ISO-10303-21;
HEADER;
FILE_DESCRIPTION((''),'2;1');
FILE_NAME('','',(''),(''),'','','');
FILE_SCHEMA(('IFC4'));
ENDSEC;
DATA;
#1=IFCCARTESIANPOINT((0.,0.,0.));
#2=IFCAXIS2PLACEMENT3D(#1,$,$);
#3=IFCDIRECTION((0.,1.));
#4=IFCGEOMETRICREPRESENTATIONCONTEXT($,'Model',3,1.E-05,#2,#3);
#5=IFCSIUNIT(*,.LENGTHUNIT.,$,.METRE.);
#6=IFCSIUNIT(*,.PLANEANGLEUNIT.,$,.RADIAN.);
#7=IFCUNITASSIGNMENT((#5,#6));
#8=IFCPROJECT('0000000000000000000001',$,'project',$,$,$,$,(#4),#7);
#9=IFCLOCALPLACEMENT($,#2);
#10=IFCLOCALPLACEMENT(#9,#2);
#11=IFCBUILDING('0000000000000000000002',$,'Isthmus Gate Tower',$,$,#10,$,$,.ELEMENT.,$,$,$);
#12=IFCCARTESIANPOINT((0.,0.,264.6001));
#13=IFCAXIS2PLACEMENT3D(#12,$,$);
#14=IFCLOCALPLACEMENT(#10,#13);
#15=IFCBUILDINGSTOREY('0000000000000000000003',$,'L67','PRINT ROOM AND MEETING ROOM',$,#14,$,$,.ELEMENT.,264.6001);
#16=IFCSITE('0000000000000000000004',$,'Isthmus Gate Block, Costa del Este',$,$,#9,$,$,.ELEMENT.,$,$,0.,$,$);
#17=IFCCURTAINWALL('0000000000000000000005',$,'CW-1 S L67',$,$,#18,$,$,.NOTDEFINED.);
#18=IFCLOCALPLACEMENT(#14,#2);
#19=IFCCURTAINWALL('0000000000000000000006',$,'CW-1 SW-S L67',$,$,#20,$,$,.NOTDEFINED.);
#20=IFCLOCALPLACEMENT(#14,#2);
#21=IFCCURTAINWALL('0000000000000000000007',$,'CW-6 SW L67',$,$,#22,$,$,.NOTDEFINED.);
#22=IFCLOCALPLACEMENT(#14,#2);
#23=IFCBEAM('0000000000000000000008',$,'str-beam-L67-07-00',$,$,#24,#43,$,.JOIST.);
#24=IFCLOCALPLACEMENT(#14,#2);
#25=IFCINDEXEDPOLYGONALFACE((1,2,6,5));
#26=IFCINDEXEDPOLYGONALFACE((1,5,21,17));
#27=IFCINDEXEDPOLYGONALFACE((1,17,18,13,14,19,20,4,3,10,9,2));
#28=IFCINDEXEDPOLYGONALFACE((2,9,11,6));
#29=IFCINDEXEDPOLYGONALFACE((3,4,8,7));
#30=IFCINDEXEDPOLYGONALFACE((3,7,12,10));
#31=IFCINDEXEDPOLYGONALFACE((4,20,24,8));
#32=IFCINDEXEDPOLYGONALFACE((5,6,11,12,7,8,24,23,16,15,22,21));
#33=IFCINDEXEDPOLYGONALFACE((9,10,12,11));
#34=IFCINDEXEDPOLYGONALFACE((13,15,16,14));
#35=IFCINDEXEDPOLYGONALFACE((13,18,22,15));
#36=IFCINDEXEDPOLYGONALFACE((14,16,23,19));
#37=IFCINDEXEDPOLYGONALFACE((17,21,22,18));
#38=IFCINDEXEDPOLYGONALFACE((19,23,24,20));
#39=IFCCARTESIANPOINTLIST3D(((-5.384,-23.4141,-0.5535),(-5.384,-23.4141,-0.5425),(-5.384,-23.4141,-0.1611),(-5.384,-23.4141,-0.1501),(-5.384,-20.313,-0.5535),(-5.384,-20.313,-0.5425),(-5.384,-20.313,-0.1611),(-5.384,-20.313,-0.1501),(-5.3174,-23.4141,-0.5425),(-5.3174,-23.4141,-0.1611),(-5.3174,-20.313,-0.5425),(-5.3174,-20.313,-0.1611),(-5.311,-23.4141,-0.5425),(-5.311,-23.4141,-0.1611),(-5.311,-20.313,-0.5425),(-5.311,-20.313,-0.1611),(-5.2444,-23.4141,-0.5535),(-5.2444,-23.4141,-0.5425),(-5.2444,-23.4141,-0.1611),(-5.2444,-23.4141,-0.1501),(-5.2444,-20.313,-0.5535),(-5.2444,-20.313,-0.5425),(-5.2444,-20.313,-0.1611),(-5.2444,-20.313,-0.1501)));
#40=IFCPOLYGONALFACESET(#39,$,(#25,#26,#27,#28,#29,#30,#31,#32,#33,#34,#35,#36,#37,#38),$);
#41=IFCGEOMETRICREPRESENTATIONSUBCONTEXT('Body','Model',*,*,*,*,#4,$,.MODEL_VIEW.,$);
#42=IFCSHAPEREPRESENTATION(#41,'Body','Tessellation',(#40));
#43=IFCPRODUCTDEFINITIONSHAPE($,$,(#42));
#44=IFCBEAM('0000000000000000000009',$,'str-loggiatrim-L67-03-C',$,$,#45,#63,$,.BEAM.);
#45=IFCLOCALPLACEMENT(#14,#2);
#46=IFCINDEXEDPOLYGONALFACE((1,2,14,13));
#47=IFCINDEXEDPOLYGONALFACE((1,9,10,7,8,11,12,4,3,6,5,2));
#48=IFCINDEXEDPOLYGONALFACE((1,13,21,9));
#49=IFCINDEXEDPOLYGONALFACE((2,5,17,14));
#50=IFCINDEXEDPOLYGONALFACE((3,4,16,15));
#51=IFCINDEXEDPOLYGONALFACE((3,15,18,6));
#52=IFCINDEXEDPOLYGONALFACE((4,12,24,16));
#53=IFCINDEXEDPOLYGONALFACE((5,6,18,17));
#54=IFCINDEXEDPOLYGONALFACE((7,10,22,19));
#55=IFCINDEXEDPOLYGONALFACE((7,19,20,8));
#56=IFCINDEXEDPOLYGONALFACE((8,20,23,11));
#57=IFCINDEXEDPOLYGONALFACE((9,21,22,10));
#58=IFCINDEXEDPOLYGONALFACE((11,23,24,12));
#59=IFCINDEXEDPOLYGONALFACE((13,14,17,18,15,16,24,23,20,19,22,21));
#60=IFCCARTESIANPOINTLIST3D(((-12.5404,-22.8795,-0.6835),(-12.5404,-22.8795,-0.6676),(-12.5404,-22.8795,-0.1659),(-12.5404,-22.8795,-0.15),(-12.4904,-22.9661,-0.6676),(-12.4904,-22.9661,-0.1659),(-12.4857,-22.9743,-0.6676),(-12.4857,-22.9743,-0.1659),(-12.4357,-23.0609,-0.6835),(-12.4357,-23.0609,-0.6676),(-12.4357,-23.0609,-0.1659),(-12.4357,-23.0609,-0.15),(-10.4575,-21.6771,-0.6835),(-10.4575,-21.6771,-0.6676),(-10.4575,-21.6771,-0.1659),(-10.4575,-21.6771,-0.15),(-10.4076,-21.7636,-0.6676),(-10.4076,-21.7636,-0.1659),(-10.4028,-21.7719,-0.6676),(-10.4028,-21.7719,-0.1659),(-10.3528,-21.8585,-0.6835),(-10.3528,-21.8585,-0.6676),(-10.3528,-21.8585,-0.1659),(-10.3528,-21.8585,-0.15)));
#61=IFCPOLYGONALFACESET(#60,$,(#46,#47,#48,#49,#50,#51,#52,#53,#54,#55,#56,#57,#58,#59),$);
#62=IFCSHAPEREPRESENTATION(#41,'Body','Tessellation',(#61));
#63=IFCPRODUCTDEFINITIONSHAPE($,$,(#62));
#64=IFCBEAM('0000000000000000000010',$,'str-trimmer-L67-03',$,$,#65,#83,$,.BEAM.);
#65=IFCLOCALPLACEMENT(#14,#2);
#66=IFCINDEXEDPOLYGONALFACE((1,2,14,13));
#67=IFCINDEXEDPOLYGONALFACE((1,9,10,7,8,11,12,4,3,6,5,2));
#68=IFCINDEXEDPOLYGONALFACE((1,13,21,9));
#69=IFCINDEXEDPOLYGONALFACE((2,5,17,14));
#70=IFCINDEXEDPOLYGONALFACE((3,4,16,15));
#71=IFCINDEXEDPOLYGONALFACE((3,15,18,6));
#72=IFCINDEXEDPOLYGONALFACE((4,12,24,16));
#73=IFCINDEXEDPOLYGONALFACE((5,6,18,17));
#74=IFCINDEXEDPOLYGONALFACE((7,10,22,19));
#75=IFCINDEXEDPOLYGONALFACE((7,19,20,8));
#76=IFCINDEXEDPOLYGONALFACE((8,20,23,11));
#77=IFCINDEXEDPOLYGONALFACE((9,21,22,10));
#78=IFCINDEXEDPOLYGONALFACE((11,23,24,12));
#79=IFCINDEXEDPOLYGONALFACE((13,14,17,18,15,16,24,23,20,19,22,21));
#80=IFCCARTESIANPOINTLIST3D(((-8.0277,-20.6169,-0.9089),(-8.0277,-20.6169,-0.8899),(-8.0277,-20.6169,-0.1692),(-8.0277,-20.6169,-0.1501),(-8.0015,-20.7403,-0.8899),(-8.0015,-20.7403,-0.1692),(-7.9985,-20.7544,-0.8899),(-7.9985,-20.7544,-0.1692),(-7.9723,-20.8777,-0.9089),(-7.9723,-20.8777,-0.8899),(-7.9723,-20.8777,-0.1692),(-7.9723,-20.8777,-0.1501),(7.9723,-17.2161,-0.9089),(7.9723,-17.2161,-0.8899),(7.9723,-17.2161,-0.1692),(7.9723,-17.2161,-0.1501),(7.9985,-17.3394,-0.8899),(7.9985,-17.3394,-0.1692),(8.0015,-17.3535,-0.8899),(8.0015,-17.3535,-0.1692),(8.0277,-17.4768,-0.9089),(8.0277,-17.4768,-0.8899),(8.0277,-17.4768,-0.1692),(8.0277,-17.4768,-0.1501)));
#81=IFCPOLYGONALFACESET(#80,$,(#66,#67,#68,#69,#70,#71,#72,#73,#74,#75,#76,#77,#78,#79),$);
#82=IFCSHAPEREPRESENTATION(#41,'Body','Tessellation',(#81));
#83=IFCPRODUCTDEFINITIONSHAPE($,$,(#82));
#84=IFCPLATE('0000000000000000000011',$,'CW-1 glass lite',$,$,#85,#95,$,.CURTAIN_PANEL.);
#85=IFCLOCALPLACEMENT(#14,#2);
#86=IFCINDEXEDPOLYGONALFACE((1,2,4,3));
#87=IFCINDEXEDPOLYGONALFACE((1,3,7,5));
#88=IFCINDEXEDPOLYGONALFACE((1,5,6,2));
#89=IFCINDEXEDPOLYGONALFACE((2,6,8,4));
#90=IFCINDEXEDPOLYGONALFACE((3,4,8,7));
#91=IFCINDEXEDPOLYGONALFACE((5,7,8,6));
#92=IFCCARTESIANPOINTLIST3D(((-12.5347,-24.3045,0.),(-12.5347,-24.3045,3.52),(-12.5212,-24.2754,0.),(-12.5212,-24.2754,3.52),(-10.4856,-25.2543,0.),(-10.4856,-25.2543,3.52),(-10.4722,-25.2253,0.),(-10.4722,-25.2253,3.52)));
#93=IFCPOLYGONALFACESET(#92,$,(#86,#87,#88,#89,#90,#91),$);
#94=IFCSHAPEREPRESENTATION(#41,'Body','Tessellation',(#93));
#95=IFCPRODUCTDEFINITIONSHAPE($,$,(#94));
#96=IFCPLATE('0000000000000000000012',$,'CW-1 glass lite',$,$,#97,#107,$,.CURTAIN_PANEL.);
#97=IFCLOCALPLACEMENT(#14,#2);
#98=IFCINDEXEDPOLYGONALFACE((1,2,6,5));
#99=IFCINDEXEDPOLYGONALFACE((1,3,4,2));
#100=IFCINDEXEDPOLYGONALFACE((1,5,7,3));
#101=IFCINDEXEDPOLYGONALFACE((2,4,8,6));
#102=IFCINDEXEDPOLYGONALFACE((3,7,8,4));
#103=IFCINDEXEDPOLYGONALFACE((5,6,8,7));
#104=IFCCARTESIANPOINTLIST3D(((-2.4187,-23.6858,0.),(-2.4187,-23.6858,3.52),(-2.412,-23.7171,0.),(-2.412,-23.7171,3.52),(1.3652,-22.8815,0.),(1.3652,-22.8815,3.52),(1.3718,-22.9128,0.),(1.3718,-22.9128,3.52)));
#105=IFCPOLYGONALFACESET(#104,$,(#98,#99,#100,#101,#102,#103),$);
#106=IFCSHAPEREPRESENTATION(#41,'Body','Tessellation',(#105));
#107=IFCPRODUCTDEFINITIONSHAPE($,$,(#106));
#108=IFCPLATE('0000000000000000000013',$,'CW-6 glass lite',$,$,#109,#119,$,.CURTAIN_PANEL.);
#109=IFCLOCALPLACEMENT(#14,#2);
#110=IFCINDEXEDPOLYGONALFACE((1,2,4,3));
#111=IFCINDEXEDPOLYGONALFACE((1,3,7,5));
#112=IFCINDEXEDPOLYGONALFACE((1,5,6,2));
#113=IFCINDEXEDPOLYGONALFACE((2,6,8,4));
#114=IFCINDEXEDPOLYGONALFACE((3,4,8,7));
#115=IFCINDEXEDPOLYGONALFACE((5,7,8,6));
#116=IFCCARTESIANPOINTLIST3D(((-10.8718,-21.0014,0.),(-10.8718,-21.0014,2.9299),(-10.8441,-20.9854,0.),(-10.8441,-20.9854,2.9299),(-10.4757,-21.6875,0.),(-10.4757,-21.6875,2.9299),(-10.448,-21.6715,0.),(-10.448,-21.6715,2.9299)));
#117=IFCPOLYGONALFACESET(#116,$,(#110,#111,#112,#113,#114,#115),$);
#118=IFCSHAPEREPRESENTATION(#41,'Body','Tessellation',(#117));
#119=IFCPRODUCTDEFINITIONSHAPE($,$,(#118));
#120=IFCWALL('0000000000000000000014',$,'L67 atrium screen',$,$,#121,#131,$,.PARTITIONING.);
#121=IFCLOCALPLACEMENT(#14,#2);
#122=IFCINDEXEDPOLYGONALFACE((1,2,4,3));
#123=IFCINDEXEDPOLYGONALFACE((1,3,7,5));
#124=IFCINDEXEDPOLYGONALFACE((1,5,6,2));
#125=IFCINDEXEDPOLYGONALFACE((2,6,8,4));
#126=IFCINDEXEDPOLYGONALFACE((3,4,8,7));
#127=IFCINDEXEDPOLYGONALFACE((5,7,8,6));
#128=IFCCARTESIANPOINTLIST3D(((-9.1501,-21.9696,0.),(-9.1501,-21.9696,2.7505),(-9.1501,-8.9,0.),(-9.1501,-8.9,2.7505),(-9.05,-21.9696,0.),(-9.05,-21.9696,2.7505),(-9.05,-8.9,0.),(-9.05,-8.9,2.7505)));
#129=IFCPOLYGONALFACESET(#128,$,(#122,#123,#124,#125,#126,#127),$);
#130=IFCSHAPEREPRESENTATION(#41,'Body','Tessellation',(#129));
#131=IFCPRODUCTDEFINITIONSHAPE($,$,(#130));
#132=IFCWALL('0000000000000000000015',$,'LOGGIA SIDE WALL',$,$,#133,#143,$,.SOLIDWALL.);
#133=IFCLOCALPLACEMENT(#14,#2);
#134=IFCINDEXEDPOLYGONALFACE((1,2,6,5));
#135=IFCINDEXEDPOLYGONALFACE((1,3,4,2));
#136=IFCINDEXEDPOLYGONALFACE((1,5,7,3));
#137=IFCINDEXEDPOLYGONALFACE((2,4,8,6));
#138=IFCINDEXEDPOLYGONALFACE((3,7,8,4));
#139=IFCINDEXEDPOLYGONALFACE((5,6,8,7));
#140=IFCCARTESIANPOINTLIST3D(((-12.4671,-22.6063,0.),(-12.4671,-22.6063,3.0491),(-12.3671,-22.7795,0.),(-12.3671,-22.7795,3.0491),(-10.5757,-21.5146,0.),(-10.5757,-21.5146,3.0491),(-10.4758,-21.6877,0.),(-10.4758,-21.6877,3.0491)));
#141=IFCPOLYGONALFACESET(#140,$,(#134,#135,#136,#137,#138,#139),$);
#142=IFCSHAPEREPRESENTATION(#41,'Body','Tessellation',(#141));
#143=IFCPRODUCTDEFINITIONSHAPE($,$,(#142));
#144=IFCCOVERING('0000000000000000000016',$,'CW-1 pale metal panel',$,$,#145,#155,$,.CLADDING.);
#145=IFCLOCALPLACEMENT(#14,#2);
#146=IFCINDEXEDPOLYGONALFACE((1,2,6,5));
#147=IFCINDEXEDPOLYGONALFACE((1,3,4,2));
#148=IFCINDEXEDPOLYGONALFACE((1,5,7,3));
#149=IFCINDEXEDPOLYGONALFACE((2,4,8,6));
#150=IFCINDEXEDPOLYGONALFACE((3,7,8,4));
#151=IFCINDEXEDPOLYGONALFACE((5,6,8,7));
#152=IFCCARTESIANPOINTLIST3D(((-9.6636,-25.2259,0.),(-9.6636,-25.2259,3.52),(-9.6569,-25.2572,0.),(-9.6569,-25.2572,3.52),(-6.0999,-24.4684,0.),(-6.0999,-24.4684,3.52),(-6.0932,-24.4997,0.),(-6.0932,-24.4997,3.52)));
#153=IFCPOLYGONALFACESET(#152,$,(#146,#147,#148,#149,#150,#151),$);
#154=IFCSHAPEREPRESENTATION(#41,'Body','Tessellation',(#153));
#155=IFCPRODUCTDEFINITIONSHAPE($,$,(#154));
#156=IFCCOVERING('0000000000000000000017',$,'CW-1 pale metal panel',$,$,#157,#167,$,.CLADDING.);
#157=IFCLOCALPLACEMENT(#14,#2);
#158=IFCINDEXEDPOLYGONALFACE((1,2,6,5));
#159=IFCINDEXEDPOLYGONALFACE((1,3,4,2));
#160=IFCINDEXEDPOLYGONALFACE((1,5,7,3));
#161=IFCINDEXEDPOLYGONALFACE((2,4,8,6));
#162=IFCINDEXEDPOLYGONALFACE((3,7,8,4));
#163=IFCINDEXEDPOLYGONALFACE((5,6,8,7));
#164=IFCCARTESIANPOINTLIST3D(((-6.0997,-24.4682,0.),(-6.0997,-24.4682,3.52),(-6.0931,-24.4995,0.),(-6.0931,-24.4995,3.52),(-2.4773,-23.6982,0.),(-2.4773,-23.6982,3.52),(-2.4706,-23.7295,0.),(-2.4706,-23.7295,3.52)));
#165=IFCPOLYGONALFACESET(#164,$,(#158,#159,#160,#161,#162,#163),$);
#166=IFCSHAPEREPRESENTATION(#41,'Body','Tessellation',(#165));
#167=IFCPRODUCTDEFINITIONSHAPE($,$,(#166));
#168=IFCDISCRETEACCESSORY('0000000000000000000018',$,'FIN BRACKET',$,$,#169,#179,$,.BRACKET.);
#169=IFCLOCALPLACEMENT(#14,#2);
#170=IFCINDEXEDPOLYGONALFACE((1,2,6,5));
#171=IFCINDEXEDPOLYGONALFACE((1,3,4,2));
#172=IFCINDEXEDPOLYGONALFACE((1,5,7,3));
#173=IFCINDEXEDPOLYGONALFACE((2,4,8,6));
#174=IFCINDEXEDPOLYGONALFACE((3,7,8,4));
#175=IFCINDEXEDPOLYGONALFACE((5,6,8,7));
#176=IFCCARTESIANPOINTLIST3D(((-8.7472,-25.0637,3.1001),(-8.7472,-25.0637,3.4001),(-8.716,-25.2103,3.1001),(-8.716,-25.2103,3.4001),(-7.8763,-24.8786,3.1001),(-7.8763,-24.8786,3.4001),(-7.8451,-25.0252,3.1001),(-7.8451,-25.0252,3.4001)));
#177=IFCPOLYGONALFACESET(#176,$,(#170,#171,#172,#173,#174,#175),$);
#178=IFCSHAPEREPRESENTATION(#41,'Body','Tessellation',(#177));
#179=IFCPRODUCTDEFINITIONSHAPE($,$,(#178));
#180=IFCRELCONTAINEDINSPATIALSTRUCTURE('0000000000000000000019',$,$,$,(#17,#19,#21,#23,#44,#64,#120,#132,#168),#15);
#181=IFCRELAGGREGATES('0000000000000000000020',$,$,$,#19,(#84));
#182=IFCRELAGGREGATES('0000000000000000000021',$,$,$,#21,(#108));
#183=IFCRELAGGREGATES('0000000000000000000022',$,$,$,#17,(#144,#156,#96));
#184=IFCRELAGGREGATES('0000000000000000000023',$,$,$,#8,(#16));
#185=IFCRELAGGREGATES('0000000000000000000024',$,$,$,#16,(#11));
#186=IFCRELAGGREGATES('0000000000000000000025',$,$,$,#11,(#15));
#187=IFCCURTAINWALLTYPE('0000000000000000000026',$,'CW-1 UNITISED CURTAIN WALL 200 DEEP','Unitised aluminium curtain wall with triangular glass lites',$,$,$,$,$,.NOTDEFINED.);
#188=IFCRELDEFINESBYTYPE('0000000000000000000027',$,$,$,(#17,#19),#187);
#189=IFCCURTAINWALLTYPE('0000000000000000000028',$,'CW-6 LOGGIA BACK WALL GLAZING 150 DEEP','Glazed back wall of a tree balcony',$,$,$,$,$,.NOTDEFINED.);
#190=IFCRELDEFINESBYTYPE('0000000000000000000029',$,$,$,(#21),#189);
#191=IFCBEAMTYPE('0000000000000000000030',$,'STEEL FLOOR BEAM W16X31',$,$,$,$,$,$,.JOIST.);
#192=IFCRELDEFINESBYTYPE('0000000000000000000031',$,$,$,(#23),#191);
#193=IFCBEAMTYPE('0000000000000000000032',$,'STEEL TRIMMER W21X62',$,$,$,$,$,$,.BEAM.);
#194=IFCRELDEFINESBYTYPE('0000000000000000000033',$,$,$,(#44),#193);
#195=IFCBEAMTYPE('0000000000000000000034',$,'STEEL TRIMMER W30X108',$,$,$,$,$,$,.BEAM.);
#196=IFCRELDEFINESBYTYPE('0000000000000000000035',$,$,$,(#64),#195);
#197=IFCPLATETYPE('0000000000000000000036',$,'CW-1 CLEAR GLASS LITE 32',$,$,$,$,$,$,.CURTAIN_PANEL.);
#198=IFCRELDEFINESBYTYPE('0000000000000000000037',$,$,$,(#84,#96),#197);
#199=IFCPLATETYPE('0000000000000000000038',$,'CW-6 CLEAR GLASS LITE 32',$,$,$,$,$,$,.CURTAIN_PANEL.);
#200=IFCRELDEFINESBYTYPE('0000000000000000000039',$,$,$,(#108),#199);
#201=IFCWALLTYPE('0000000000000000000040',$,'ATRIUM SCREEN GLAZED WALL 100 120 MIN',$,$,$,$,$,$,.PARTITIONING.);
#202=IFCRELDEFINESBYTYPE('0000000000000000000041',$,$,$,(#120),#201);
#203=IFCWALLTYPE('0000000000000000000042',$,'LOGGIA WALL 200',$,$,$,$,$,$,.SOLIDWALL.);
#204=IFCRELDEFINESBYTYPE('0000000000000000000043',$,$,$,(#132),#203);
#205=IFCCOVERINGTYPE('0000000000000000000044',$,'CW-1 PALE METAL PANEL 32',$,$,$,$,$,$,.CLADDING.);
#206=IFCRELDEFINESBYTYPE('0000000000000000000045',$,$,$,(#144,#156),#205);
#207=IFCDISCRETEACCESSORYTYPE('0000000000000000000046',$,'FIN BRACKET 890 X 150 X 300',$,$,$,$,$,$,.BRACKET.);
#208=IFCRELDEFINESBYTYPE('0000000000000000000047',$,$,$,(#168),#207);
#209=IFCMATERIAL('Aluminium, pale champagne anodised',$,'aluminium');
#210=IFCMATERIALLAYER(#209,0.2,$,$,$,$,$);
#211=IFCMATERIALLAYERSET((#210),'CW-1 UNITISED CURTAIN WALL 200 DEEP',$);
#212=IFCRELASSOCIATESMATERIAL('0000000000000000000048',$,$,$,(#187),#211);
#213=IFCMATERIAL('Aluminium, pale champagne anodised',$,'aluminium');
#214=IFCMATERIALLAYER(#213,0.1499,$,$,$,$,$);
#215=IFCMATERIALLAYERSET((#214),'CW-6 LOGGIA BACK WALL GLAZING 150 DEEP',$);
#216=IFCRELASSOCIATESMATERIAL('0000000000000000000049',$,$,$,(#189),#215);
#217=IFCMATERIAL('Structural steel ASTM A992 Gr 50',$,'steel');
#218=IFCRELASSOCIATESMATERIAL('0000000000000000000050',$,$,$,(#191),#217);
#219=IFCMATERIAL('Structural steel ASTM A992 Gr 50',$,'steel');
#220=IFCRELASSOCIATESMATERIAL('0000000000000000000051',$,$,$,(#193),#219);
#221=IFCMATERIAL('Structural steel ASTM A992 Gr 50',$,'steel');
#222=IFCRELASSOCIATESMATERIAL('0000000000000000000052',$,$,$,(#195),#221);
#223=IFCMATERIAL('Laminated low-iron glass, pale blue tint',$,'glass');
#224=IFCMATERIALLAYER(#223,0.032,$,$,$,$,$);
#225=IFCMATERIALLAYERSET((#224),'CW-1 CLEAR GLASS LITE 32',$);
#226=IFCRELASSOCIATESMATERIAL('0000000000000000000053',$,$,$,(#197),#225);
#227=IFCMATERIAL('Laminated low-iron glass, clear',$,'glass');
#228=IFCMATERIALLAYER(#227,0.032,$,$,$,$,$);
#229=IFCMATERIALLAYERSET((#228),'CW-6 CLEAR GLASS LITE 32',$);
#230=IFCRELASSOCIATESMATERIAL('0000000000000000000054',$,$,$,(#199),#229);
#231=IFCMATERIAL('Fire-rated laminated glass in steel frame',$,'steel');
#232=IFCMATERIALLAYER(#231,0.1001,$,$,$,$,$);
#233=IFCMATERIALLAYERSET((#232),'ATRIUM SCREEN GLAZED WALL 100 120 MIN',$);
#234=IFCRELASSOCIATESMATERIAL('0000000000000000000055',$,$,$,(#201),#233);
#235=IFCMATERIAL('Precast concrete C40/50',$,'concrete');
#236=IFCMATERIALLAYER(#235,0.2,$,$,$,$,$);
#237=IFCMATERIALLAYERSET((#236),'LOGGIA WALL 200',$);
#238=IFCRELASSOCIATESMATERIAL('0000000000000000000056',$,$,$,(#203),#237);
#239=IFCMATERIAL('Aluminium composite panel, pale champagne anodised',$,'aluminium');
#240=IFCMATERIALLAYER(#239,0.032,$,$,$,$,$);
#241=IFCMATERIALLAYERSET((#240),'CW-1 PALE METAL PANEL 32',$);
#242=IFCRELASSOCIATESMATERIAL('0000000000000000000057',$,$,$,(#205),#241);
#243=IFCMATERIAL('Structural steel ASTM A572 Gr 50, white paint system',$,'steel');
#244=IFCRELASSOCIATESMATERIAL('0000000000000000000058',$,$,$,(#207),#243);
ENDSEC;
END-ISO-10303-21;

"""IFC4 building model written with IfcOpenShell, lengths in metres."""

from ifc_helpers import new_model, si_unit, direction, frame, frame_2d, origin, origin_2d, place, context, subcontext, project, spatial, rectangle, i_section, extrude, material, layer, layer_set, material_profile, profile_set, type_object, element, aggregate, save


model = new_model("IFC4")

# Units and contexts
model_context = context("Model", 3, precision=1e-05, world=origin(), true_north=direction((0.0, 1.0)))
body_context = subcontext(model_context, "Body", "Model", "MODEL_VIEW")
ifc_project = project(units=[si_unit("LENGTHUNIT", "METRE"), si_unit("PLANEANGLEUNIT", "RADIAN")], contexts=[model_context])

# Site, building, storey
site_placement = place(None, origin())
site = spatial("IfcSite", under=ifc_project, at=site_placement, Name="Isthmus Gate Block, Costa del Este", CompositionType="ELEMENT", RefElevation=0.0)
building_placement = place(site_placement, origin())
building = spatial("IfcBuilding", under=site, at=building_placement, Name="Isthmus Gate Tower", CompositionType="ELEMENT")
storey_placement = place(building_placement, frame((0.0, 0.0, 264.6001)))
storey = spatial("IfcBuildingStorey", under=building, at=storey_placement, Name="L67", Description="PRINT ROOM AND MEETING ROOM", CompositionType="ELEMENT", Elevation=264.6001)

# Curtain wall
ifc_material_1 = material(Name="Aluminium, pale champagne anodised", Category="aluminium")
ifc_layer_1 = layer(ifc_material_1, 0.2)
ifc_layer_set_1 = layer_set([ifc_layer_1], Name="CW-1 UNITISED CURTAIN WALL 200 DEEP")
curtain_wall_type_1 = type_object("IfcCurtainWallType", Name="CW-1 UNITISED CURTAIN WALL 200 DEEP", Description="Unitised aluminium curtain wall with triangular glass lites", PredefinedType="NOTDEFINED", material=ifc_layer_set_1)
curtain_wall_1_placement = place(storey_placement, origin())
curtain_wall_1 = element("IfcCurtainWall", 1, at=curtain_wall_1_placement, inside=storey, type_object=curtain_wall_type_1, Name="CW-1 S L67", PredefinedType="NOTDEFINED")

# Curtain wall
curtain_wall_2_placement = place(storey_placement, origin())
curtain_wall_2 = element("IfcCurtainWall", 2, at=curtain_wall_2_placement, inside=storey, type_object=curtain_wall_type_1, Name="CW-1 SW-S L67", PredefinedType="NOTDEFINED")

# Curtain wall
ifc_material_2 = material(Name="Aluminium, pale champagne anodised", Category="aluminium")
ifc_layer_2 = layer(ifc_material_2, 0.1499)
ifc_layer_set_2 = layer_set([ifc_layer_2], Name="CW-6 LOGGIA BACK WALL GLAZING 150 DEEP")
curtain_wall_type_2 = type_object("IfcCurtainWallType", Name="CW-6 LOGGIA BACK WALL GLAZING 150 DEEP", Description="Glazed back wall of a tree balcony", PredefinedType="NOTDEFINED", material=ifc_layer_set_2)
curtain_wall_3_placement = place(storey_placement, origin())
curtain_wall_3 = element("IfcCurtainWall", 3, at=curtain_wall_3_placement, inside=storey, type_object=curtain_wall_type_2, Name="CW-6 SW L67", PredefinedType="NOTDEFINED")

# Beams
ifc_material_3 = material(Name="Structural steel ASTM A992 Gr 50", Category="steel")
ifc_material_profile_1 = material_profile(ifc_material_3, i_section(OverallWidth=0.1396, OverallDepth=0.4033, WebThickness=0.0063, FlangeThickness=0.011, at=origin_2d()), Name="W16X31")
ifc_profile_set_1 = profile_set([ifc_material_profile_1], Name="Structural steel ASTM A992 Gr 50")
beam_type_1 = type_object("IfcBeamType", Name="STEEL FLOOR BEAM W16X31", PredefinedType="JOIST", material=ifc_profile_set_1)
beam_1_placement = place(storey_placement, frame((-5.3142, -23.4141, -0.3518), z_axis=(0.0, 1.0, 0.0), x_axis=(-1.0, 0.0, 0.0)))
element("IfcBeam", 4, at=beam_1_placement, inside=storey, type_object=beam_type_1, Name="str-beam-L67-07-00", PredefinedType="JOIST", context=body_context, shape_type="SweptSolid", body=[
    extrude(i_section(OverallWidth=0.1396, OverallDepth=0.4033, WebThickness=0.0063, FlangeThickness=0.011, at=origin_2d()), origin(), (0.0, 0.0, 1.0), 3.1011),
])
ifc_material_4 = material(Name="Structural steel ASTM A992 Gr 50", Category="steel")
ifc_material_profile_2 = material_profile(ifc_material_4, i_section(OverallWidth=0.2095, OverallDepth=0.5334, WebThickness=0.0095, FlangeThickness=0.0159, at=origin_2d()), Name="W21X62")
ifc_profile_set_2 = profile_set([ifc_material_profile_2], Name="Structural steel ASTM A992 Gr 50")
beam_type_2 = type_object("IfcBeamType", Name="STEEL TRIMMER W21X62", PredefinedType="BEAM", material=ifc_profile_set_2)
beam_2_placement = place(storey_placement, frame((-12.488, -22.9702, -0.4167), z_axis=(0.866042, 0.499971, 0.0), x_axis=(-0.499971, 0.866042, 0.0)))
element("IfcBeam", 5, at=beam_2_placement, inside=storey, type_object=beam_type_2, Name="str-loggiatrim-L67-03-C", PredefinedType="BEAM", context=body_context, shape_type="SweptSolid", body=[
    extrude(i_section(OverallWidth=0.2095, OverallDepth=0.5334, WebThickness=0.0095, FlangeThickness=0.0159, at=origin_2d()), origin(), (0.0, 0.0, 1.0), 2.405),
])
ifc_material_5 = material(Name="Structural steel ASTM A992 Gr 50", Category="steel")
ifc_material_profile_3 = material_profile(ifc_material_5, i_section(OverallWidth=0.2666, OverallDepth=0.7588, WebThickness=0.0144, FlangeThickness=0.019, at=origin_2d()), Name="W30X108")
ifc_profile_set_3 = profile_set([ifc_material_profile_3], Name="Structural steel ASTM A992 Gr 50")
beam_type_3 = type_object("IfcBeamType", Name="STEEL TRIMMER W30X108", PredefinedType="BEAM", material=ifc_profile_set_3)
beam_3_placement = place(storey_placement, frame((-8.0, -20.7473, -0.5295), z_axis=(0.978148, 0.20791, 0.0), x_axis=(-0.20791, 0.978148, 0.0)))
element("IfcBeam", 6, at=beam_3_placement, inside=storey, type_object=beam_type_3, Name="str-trimmer-L67-03", PredefinedType="BEAM", context=body_context, shape_type="SweptSolid", body=[
    extrude(i_section(OverallWidth=0.2666, OverallDepth=0.7588, WebThickness=0.0144, FlangeThickness=0.019, at=origin_2d()), origin(), (0.0, 0.0, 1.0), 16.3574),
])

# Plates
ifc_material_6 = material(Name="Laminated low-iron glass, pale blue tint", Category="glass")
ifc_layer_3 = layer(ifc_material_6, 0.032)
ifc_layer_set_3 = layer_set([ifc_layer_3], Name="CW-1 CLEAR GLASS LITE 32")
plate_type_1 = type_object("IfcPlateType", Name="CW-1 CLEAR GLASS LITE 32", PredefinedType="CURTAIN_PANEL", material=ifc_layer_set_3)
plate_1_placement = place(storey_placement, frame((-11.5034, -24.7649, 0.0), z_axis=(0.0, 0.0, 1.0), x_axis=(0.907256, -0.420578, 0.0)))
plate_1 = element("IfcPlate", 7, at=plate_1_placement, type_object=plate_type_1, Name="CW-1 glass lite", PredefinedType="CURTAIN_PANEL", context=body_context, shape_type="SweptSolid", body=[
    extrude(rectangle(XDim=2.2585, YDim=0.032, at=origin_2d()), origin(), (0.0, 0.0, 1.0), 3.52),
])
aggregate(curtain_wall_2, [plate_1])
plate_2_placement = place(storey_placement, frame((-0.5234, -23.2993, 0.0), z_axis=(0.0, 0.0, 1.0), x_axis=(0.978148, 0.207912, 0.0)))
plate_2 = element("IfcPlate", 8, at=plate_2_placement, type_object=plate_type_1, Name="CW-1 glass lite", PredefinedType="CURTAIN_PANEL", context=body_context, shape_type="SweptSolid", body=[
    extrude(rectangle(XDim=3.8684, YDim=0.032, at=origin_2d()), origin(), (0.0, 0.0, 1.0), 3.52),
])
ifc_material_7 = material(Name="Laminated low-iron glass, clear", Category="glass")
ifc_layer_4 = layer(ifc_material_7, 0.032)
ifc_layer_set_4 = layer_set([ifc_layer_4], Name="CW-6 CLEAR GLASS LITE 32")
plate_type_2 = type_object("IfcPlateType", Name="CW-6 CLEAR GLASS LITE 32", PredefinedType="CURTAIN_PANEL", material=ifc_layer_set_4)
plate_3_placement = place(storey_placement, frame((-10.6599, -21.3364, 0.0), z_axis=(0.0, 0.0, 1.0), x_axis=(0.5, -0.866025, 0.0)))
plate_3 = element("IfcPlate", 9, at=plate_3_placement, type_object=plate_type_2, Name="CW-6 glass lite", PredefinedType="CURTAIN_PANEL", context=body_context, shape_type="SweptSolid", body=[
    extrude(rectangle(XDim=0.7922, YDim=0.032, at=origin_2d()), origin(), (0.0, 0.0, 1.0), 2.9299),
])
aggregate(curtain_wall_3, [plate_3])

# Walls
ifc_material_8 = material(Name="Fire-rated laminated glass in steel frame", Category="steel")
ifc_layer_5 = layer(ifc_material_8, 0.1001)
ifc_layer_set_5 = layer_set([ifc_layer_5], Name="ATRIUM SCREEN GLAZED WALL 100 120 MIN")
wall_type_1 = type_object("IfcWallType", Name="ATRIUM SCREEN GLAZED WALL 100 120 MIN", PredefinedType="PARTITIONING", material=ifc_layer_set_5)
wall_1_placement = place(storey_placement, frame((-9.1001, -21.9695, 0.0), z_axis=(0.0, 0.0, 1.0), x_axis=(0.0, 1.0, 0.0)))
element("IfcWall", 10, at=wall_1_placement, inside=storey, type_object=wall_type_1, Name="L67 atrium screen", PredefinedType="PARTITIONING", context=body_context, shape_type="SweptSolid", body=[
    extrude(rectangle(XDim=13.0696, YDim=0.1001, at=frame_2d((6.5347, 0.0))), origin(), (0.0, 0.0, 1.0), 2.7505),
])
ifc_material_9 = material(Name="Precast concrete C40/50", Category="concrete")
ifc_layer_6 = layer(ifc_material_9, 0.2)
ifc_layer_set_6 = layer_set([ifc_layer_6], Name="LOGGIA WALL 200")
wall_type_2 = type_object("IfcWallType", Name="LOGGIA WALL 200", PredefinedType="SOLIDWALL", material=ifc_layer_set_6)
wall_2_placement = place(storey_placement, frame((-12.417, -22.6929, 0.0), z_axis=(0.0, 0.0, 1.0), x_axis=(0.866061, 0.499939, 0.0)))
element("IfcWall", 11, at=wall_2_placement, inside=storey, type_object=wall_type_2, Name="LOGGIA SIDE WALL", PredefinedType="SOLIDWALL", context=body_context, shape_type="SweptSolid", body=[
    extrude(rectangle(XDim=2.1838, YDim=0.2, at=frame_2d((1.0918, 0.0))), origin(), (0.0, 0.0, 1.0), 3.0491),
])

# Coverings
ifc_material_10 = material(Name="Aluminium composite panel, pale champagne anodised", Category="aluminium")
ifc_layer_7 = layer(ifc_material_10, 0.032)
ifc_layer_set_7 = layer_set([ifc_layer_7], Name="CW-1 PALE METAL PANEL 32")
covering_type = type_object("IfcCoveringType", Name="CW-1 PALE METAL PANEL 32", PredefinedType="CLADDING", material=ifc_layer_set_7)
covering_1_placement = place(storey_placement, frame((-7.8784, -24.8628, 0.0), z_axis=(0.0, 0.0, 1.0), x_axis=(0.978148, 0.207912, 0.0)))
covering_1 = element("IfcCovering", 12, at=covering_1_placement, type_object=covering_type, Name="CW-1 pale metal panel", PredefinedType="CLADDING", context=body_context, shape_type="SweptSolid", body=[
    extrude(rectangle(XDim=3.6433, YDim=0.032, at=origin_2d()), origin(), (0.0, 0.0, 1.0), 3.52),
])
covering_2_placement = place(storey_placement, frame((-4.2852, -24.0989, 0.0), z_axis=(0.0, 0.0, 1.0), x_axis=(0.978148, 0.207912, 0.0)))
covering_2 = element("IfcCovering", 13, at=covering_2_placement, type_object=covering_type, Name="CW-1 pale metal panel", PredefinedType="CLADDING", context=body_context, shape_type="SweptSolid", body=[
    extrude(rectangle(XDim=3.7034, YDim=0.032, at=origin_2d()), origin(), (0.0, 0.0, 1.0), 3.52),
])
aggregate(curtain_wall_1, [covering_1, covering_2, plate_2])

# Discrete accessory
ifc_material_11 = material(Name="Structural steel ASTM A572 Gr 50, white paint system", Category="steel")
discrete_accessory_type = type_object("IfcDiscreteAccessoryType", Name="FIN BRACKET 890 X 150 X 300", PredefinedType="BRACKET", material=ifc_material_11)
for number, where, z_axis, x_axis, name in (
    (14, (-8.2961, -25.0444, 3.1001), (0.0, 0.0, 1.0), (0.207912, -0.978148, 0.0), "FIN BRACKET"),
):
    element("IfcDiscreteAccessory", number, at=place(storey_placement, frame(where, z_axis=z_axis, x_axis=x_axis)), inside=storey, type_object=discrete_accessory_type, Name=name, PredefinedType="BRACKET", context=body_context, shape_type="SweptSolid", body=[
        extrude(rectangle(XDim=0.1499, YDim=0.8904, at=origin_2d()), origin(), (0.0, 0.0, 1.0), 0.3),
    ])

save(model, "model.ifc")
